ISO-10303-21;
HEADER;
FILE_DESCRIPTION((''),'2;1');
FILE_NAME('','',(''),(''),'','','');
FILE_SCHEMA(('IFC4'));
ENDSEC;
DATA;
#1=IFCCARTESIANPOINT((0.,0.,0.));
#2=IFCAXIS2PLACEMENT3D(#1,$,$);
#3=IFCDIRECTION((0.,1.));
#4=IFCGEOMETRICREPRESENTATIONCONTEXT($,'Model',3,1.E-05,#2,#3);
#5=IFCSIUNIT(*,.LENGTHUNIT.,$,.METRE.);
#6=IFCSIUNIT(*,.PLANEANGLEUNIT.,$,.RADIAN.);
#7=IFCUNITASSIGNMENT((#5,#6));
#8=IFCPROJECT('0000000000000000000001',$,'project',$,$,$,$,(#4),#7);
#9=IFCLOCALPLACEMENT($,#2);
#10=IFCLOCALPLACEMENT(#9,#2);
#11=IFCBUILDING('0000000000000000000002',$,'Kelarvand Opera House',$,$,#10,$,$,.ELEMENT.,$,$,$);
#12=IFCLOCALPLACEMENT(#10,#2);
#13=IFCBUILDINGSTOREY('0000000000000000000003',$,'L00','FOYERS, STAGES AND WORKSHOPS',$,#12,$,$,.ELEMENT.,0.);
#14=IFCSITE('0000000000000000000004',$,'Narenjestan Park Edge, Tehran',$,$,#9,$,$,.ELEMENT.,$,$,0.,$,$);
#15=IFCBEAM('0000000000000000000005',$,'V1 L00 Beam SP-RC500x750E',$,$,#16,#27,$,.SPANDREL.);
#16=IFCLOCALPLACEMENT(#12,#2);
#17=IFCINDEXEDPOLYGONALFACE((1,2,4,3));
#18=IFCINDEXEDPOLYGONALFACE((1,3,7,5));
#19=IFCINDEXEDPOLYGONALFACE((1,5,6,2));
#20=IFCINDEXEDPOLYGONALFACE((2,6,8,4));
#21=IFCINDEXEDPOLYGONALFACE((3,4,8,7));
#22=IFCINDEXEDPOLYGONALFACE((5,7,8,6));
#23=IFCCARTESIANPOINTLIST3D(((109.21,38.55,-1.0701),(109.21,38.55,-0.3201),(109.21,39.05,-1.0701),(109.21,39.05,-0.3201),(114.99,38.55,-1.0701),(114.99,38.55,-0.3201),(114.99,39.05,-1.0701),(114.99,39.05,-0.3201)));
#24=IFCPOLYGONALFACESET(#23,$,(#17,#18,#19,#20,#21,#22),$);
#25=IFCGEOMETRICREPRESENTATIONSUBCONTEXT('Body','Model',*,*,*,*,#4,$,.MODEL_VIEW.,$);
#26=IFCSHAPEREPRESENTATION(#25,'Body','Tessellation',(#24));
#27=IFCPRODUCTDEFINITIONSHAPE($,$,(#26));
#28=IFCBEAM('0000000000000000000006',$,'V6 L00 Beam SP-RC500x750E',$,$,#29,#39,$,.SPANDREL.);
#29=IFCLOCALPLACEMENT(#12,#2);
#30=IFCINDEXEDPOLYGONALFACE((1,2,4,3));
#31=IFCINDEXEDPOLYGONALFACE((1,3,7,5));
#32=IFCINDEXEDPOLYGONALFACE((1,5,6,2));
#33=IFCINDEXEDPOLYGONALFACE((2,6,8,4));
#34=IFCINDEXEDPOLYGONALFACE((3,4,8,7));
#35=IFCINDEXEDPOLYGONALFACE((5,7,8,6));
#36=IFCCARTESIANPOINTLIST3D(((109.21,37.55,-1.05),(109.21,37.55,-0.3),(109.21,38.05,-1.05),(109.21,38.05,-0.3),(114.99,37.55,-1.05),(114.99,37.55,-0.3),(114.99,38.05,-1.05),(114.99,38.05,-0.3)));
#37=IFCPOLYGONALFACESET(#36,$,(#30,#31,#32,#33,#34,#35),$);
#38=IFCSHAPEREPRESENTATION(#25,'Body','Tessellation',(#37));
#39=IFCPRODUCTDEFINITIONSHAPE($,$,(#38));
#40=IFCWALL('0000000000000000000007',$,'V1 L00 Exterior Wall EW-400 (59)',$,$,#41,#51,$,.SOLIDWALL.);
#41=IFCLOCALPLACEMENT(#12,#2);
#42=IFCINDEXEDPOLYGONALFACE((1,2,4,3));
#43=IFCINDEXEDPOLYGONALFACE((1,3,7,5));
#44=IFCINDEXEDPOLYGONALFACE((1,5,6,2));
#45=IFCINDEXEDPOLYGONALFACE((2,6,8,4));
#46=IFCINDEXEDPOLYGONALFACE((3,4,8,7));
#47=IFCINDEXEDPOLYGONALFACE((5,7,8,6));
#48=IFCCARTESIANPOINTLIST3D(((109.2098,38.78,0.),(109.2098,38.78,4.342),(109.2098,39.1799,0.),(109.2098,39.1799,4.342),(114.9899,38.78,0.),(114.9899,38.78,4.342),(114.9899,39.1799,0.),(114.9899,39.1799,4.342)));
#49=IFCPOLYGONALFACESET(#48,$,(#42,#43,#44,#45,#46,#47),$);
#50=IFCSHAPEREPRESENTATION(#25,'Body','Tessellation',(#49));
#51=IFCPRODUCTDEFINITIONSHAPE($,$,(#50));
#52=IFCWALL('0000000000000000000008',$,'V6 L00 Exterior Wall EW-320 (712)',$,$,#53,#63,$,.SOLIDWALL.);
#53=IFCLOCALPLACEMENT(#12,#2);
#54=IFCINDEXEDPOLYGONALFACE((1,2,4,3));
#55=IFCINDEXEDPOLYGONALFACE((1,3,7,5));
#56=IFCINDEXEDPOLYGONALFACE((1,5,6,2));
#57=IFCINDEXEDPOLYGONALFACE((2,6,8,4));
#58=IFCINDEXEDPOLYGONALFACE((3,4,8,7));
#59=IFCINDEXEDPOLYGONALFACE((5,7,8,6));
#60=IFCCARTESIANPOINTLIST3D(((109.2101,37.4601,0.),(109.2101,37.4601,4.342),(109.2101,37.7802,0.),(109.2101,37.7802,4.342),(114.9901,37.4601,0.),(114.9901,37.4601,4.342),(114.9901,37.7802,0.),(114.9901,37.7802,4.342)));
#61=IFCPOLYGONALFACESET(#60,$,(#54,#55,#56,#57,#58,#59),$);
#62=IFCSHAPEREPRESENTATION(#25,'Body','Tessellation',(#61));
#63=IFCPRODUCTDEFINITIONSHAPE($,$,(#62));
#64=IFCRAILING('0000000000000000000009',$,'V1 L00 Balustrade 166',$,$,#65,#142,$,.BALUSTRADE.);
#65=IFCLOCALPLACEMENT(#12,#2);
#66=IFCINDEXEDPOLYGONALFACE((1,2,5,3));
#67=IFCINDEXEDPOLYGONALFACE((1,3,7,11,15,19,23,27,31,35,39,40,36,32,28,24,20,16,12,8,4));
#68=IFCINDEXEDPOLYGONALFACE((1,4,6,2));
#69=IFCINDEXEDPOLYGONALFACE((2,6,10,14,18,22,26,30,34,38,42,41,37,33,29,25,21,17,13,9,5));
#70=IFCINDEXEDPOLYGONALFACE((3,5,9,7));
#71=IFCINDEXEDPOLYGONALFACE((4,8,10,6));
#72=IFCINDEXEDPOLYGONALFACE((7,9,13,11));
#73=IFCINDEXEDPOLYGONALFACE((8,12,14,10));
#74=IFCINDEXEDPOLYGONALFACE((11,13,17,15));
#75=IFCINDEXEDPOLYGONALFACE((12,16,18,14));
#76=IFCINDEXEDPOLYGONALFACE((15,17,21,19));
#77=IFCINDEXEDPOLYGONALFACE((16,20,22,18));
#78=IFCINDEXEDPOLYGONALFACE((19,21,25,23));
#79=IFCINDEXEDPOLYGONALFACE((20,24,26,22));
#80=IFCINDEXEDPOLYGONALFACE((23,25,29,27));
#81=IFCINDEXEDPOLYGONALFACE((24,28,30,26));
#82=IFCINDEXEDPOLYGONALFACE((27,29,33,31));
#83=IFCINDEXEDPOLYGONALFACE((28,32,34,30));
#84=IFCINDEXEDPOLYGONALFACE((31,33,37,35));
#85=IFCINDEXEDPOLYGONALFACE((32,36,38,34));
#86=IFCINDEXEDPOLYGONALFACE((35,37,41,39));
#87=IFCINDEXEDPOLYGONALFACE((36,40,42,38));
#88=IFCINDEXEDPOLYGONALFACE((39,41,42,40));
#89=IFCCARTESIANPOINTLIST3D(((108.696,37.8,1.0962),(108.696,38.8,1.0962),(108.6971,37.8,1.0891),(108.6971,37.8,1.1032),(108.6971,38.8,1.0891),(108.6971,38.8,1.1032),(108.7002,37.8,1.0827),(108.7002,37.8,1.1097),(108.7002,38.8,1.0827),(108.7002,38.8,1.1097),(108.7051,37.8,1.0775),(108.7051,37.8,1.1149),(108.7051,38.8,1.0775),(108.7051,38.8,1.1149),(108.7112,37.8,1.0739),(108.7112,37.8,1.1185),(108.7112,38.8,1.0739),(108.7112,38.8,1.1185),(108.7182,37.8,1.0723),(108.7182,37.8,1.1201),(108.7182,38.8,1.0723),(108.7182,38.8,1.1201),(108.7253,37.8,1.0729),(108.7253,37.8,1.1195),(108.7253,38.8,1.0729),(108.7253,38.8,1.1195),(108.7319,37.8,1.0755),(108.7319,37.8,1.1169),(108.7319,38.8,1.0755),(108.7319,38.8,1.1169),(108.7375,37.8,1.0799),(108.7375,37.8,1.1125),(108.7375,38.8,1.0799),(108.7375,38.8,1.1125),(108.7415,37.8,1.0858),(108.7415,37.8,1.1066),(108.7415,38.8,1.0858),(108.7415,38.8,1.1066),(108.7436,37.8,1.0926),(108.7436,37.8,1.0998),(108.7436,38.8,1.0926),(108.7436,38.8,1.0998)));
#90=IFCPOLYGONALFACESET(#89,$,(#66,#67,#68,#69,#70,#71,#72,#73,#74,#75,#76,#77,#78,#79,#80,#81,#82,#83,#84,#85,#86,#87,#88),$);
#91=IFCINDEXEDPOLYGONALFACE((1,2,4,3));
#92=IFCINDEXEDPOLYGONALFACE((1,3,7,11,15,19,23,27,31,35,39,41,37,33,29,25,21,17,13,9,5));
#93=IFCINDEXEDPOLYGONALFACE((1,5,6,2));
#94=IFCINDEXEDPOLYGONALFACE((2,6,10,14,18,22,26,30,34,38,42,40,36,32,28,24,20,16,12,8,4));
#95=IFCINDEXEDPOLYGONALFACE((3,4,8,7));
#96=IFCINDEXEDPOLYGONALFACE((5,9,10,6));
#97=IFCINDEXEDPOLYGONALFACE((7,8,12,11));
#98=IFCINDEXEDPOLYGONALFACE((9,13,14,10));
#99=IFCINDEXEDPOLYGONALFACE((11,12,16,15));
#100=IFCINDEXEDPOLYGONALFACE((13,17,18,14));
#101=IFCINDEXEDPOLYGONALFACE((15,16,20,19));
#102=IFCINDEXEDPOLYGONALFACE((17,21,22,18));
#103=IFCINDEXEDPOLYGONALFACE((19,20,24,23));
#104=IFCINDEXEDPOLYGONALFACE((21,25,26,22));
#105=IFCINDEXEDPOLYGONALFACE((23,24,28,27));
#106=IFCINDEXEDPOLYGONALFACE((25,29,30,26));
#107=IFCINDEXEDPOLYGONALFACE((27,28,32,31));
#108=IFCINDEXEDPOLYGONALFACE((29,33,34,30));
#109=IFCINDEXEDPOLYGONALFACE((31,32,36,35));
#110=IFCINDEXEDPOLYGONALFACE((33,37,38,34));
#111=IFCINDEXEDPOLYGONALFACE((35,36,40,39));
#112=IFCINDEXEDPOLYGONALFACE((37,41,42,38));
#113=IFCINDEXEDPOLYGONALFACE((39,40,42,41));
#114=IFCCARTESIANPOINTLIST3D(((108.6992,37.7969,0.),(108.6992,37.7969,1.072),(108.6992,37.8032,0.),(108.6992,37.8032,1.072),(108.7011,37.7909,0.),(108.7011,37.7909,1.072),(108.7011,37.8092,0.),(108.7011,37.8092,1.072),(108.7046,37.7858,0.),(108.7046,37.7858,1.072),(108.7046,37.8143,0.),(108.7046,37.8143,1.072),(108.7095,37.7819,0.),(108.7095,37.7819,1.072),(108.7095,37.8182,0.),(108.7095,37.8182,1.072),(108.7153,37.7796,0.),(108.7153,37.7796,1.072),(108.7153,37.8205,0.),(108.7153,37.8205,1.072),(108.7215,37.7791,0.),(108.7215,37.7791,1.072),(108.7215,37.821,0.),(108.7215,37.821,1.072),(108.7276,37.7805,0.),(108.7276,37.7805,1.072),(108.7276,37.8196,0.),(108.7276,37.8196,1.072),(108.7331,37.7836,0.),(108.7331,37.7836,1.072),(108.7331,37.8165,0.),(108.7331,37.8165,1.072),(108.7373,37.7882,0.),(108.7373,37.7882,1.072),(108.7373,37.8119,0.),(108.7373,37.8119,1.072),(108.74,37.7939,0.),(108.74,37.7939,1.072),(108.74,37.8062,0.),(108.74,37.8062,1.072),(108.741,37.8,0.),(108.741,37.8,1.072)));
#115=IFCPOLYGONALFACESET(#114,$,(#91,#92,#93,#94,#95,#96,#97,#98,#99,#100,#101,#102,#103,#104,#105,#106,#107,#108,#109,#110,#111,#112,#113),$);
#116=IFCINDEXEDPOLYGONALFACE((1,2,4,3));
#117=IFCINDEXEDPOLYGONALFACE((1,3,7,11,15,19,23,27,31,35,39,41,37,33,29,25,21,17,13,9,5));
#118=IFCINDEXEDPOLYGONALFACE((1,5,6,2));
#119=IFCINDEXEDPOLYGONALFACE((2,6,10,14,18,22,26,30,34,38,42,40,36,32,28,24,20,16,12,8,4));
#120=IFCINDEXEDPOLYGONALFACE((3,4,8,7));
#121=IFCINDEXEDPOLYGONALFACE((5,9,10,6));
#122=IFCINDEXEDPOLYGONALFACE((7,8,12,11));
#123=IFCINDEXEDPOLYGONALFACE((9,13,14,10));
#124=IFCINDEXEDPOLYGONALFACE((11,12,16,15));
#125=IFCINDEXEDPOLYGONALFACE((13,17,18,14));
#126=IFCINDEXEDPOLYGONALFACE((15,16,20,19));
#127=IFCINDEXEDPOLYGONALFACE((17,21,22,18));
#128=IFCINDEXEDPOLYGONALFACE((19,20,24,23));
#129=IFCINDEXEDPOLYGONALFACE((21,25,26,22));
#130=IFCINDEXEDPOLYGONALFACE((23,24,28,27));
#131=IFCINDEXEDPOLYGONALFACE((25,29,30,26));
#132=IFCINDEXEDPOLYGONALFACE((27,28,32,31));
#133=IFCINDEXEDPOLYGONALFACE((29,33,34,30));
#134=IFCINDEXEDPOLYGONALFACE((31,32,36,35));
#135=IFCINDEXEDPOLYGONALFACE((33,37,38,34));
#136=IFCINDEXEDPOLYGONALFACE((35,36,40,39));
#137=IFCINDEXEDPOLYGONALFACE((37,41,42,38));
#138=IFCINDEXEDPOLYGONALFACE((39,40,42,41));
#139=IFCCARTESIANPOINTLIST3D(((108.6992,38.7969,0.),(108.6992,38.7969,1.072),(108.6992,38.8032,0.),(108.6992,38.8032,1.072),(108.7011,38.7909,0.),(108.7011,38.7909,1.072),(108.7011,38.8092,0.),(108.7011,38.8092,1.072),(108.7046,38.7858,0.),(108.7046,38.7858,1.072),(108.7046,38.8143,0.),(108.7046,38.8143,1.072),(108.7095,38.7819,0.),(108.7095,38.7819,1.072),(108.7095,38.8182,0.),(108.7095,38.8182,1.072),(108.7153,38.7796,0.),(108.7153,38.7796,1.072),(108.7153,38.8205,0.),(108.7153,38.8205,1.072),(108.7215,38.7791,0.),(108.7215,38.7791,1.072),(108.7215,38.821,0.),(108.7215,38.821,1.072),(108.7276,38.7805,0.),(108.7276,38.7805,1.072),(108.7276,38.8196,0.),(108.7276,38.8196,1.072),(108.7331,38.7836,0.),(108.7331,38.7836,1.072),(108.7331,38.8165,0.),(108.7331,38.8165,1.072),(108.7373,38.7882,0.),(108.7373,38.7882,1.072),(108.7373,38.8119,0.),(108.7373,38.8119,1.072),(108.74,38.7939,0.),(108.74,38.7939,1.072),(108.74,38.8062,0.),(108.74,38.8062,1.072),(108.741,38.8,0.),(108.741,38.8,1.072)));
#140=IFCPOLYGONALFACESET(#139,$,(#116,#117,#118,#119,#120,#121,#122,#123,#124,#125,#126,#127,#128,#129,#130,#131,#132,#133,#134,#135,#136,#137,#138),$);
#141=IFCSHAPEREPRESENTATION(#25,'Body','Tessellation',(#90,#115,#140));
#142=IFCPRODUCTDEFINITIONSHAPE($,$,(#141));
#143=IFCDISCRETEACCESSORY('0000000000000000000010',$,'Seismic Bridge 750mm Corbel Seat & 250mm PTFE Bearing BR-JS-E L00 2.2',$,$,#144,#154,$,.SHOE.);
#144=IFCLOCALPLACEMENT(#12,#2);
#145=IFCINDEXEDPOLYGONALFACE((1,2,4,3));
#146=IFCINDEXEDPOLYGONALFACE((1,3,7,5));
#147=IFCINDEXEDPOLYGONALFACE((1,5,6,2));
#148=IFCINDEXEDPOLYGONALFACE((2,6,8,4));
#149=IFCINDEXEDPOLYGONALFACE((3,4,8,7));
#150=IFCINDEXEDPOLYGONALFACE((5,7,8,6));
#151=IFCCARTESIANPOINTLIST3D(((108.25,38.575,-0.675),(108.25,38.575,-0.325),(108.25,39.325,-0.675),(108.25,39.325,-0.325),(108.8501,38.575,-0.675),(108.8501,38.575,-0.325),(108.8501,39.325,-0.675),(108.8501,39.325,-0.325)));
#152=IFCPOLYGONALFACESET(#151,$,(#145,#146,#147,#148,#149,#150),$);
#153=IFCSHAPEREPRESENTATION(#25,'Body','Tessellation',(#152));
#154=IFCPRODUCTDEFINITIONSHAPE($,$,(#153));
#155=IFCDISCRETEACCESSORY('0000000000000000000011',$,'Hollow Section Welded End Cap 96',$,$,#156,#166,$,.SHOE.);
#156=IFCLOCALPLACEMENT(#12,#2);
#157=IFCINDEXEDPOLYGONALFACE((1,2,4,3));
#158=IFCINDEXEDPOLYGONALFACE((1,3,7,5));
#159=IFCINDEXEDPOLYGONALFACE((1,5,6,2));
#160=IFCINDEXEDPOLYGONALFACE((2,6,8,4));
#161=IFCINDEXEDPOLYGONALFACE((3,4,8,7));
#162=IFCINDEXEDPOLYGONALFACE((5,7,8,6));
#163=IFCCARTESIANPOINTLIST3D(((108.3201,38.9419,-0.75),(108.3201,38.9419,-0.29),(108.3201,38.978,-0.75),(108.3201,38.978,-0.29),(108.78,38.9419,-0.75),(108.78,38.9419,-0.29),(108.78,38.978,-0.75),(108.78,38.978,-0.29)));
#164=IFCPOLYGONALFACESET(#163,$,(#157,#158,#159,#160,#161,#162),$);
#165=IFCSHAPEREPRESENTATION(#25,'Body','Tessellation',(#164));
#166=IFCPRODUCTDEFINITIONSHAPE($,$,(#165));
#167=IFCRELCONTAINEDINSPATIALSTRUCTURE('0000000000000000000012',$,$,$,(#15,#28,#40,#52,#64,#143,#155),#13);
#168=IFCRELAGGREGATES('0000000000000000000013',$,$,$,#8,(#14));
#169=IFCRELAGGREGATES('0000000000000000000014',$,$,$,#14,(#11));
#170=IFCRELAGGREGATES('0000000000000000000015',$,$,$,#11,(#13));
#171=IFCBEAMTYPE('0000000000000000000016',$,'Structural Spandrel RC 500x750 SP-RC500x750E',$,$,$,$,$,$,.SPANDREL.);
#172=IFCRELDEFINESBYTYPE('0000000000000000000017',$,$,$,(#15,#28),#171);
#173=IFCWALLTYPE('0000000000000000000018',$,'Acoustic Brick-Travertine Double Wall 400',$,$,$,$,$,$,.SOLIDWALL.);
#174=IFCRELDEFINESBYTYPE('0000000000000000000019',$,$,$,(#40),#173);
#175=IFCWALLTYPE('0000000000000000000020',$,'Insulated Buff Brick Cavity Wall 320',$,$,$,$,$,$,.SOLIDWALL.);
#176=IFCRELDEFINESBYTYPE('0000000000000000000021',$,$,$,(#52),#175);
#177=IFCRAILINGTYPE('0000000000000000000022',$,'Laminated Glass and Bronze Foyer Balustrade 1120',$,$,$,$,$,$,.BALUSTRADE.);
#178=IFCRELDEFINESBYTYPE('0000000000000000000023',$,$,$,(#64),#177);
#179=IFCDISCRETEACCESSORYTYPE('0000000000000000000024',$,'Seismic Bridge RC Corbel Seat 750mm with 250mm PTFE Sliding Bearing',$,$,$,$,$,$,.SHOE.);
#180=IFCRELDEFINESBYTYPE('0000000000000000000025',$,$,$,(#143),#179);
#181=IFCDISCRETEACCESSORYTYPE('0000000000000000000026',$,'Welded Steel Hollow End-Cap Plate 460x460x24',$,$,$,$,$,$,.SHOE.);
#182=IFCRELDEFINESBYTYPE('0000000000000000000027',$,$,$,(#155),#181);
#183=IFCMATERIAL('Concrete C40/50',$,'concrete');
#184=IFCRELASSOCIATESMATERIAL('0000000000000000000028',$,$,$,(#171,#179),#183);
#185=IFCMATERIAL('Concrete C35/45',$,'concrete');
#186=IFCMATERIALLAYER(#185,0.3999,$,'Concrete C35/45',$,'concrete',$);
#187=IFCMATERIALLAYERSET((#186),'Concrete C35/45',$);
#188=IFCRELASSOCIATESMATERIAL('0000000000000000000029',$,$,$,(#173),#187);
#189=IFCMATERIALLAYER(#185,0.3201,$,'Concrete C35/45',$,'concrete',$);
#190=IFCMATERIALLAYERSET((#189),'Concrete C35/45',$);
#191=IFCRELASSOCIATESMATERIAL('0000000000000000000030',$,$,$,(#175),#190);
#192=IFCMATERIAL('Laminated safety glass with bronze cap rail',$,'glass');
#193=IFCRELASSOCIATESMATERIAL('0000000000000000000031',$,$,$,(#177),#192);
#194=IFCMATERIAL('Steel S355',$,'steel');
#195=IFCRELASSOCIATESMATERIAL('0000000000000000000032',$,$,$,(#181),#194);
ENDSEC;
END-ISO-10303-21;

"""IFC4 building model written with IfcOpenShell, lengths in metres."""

from ifc_helpers import new_model, si_unit, direction, frame, frame_2d, origin, origin_2d, place, context, subcontext, project, spatial, rectangle, circle, extrude, material, layer, layer_set, material_profile, profile_set, type_object, element, save


model = new_model("IFC4")

# Units and contexts
model_context = context("Model", 3, precision=1e-05, world=origin(), true_north=direction((0.0, 1.0)))
body_context = subcontext(model_context, "Body", "Model", "MODEL_VIEW")
ifc_project = project(units=[si_unit("LENGTHUNIT", "METRE"), si_unit("PLANEANGLEUNIT", "RADIAN")], contexts=[model_context])

# Site, building, storey
site_placement = place(None, origin())
site = spatial("IfcSite", under=ifc_project, at=site_placement, Name="Narenjestan Park Edge, Tehran", CompositionType="ELEMENT", RefElevation=0.0)
building_placement = place(site_placement, origin())
building = spatial("IfcBuilding", under=site, at=building_placement, Name="Kelarvand Opera House", CompositionType="ELEMENT")
storey_placement = place(building_placement, origin())
storey = spatial("IfcBuildingStorey", under=building, at=storey_placement, Name="L00", Description="FOYERS, STAGES AND WORKSHOPS", CompositionType="ELEMENT", Elevation=0.0)

# Shared definitions
ifc_material_1 = material(Name="Concrete C40/50", Category="concrete")

# Beams
ifc_material_2 = material(Name="Steel S355", Category="steel")
ifc_material_profile_1 = material_profile(ifc_material_1, rectangle(XDim=0.5, YDim=0.75, at=origin_2d()), Name="RC 500x750", Category="concrete")
ifc_profile_set_1 = profile_set([ifc_material_profile_1], Name="Concrete C40/50")
beam_type_1 = type_object("IfcBeamType", Name="Structural Spandrel RC 500x750 SP-RC500x750E", PredefinedType="SPANDREL", material=ifc_profile_set_1)
for number, where, z_axis, x_axis, name in (
    (1, (109.21, 38.8, -0.6951), (1.0, 0.0, 0.0), (0.0, 1.0, 0.0), "V1 L00 Beam SP-RC500x750E"),
    (2, (109.21, 37.8, -0.675), (1.0, 0.0, 0.0), (0.0, 1.0, 0.0), "V6 L00 Beam SP-RC500x750E"),
):
    element("IfcBeam", number, at=place(storey_placement, frame(where, z_axis=z_axis, x_axis=x_axis)), inside=storey, type_object=beam_type_1, Name=name, PredefinedType="SPANDREL", context=body_context, shape_type="SweptSolid", body=[
        extrude(rectangle(XDim=0.5, YDim=0.75, at=origin_2d()), origin(), (0.0, 0.0, 1.0), 5.78),
    ])

# Walls
ifc_material_3 = material(Name="Concrete C35/45", Category="concrete")
ifc_layer_1 = layer(ifc_material_3, 0.3999, Name="Concrete C35/45", Category="concrete")
ifc_layer_set_1 = layer_set([ifc_layer_1], Name="Concrete C35/45")
wall_type_1 = type_object("IfcWallType", Name="Acoustic Brick-Travertine Double Wall 400", PredefinedType="SOLIDWALL", material=ifc_layer_set_1)
wall_1_placement = place(storey_placement, frame((114.99, 38.98, 0.0), z_axis=(0.0, 0.0, 1.0), x_axis=(-1.0, 0.0, 0.0)))
element("IfcWall", 3, at=wall_1_placement, inside=storey, type_object=wall_type_1, Name="V1 L00 Exterior Wall EW-400 (59)", PredefinedType="SOLIDWALL", context=body_context, shape_type="SweptSolid", body=[
    extrude(rectangle(XDim=5.78, YDim=0.3999, at=frame_2d((2.8901, 0.0))), origin(), (0.0, 0.0, 1.0), 4.342),
])
ifc_layer_2 = layer(ifc_material_3, 0.3201, Name="Concrete C35/45", Category="concrete")
ifc_layer_set_2 = layer_set([ifc_layer_2], Name="Concrete C35/45")
wall_type_2 = type_object("IfcWallType", Name="Insulated Buff Brick Cavity Wall 320", PredefinedType="SOLIDWALL", material=ifc_layer_set_2)
wall_2_placement = place(storey_placement, frame((109.21, 37.6201, 0.0), z_axis=(0.0, 0.0, 1.0), x_axis=(1.0, 0.0, 0.0)))
element("IfcWall", 4, at=wall_2_placement, inside=storey, type_object=wall_type_2, Name="V6 L00 Exterior Wall EW-320 (712)", PredefinedType="SOLIDWALL", context=body_context, shape_type="SweptSolid", body=[
    extrude(rectangle(XDim=5.78, YDim=0.3201, at=frame_2d((2.8901, 0.0))), origin(), (0.0, 0.0, 1.0), 4.342),
])

# Railing
ifc_material_4 = material(Name="Laminated safety glass with bronze cap rail", Category="glass")
railing_type = type_object("IfcRailingType", Name="Laminated Glass and Bronze Foyer Balustrade 1120", PredefinedType="BALUSTRADE", material=ifc_material_4)
railing_placement = place(storey_placement, frame((108.72, 37.8, 0.0)))
element("IfcRailing", 5, at=railing_placement, inside=storey, type_object=railing_type, Name="V1 L00 Balustrade 166", PredefinedType="BALUSTRADE", context=body_context, shape_type="SweptSolid", body=[
    extrude(circle(Radius=0.0239, at=origin_2d()), frame((0.0, 0.0, 1.0962), z_axis=(0.0, 1.0, 0.0), x_axis=(-1.0, 0.0, 0.0)), (0.0, 0.0, 1.0), 1.0),
    extrude(circle(Radius=0.021, at=origin_2d()), origin(), (0.0, 0.0, 1.0), 1.072),
    extrude(circle(Radius=0.021, at=origin_2d()), frame((0.0, 1.0, 0.0)), (0.0, 0.0, 1.0), 1.072),
])

# Discrete accessories
discrete_accessory_type_1 = type_object("IfcDiscreteAccessoryType", Name="Seismic Bridge RC Corbel Seat 750mm with 250mm PTFE Sliding Bearing", PredefinedType="SHOE", material=ifc_material_1)
discrete_accessory_1_placement = place(storey_placement, frame((108.55, 38.95, -0.675), z_axis=(0.0, 0.0, 1.0), x_axis=(0.0, 1.0, 0.0)))
element("IfcDiscreteAccessory", 6, at=discrete_accessory_1_placement, inside=storey, type_object=discrete_accessory_type_1, Name="Seismic Bridge 750mm Corbel Seat & 250mm PTFE Bearing BR-JS-E L00 2.2", PredefinedType="SHOE", context=body_context, shape_type="SweptSolid", body=[
    extrude(rectangle(XDim=0.75, YDim=0.6001, at=origin_2d()), origin(), (0.0, 0.0, 1.0), 0.3501),
])
ifc_material_profile_2 = material_profile(ifc_material_2, rectangle(XDim=0.46, YDim=0.46, at=origin_2d()), Name="Welded Steel Hollow End-Cap Plate 460x460x24", Category="steel")
ifc_profile_set_2 = profile_set([ifc_material_profile_2], Name="Steel S355")
discrete_accessory_type_2 = type_object("IfcDiscreteAccessoryType", Name="Welded Steel Hollow End-Cap Plate 460x460x24", PredefinedType="SHOE", material=ifc_profile_set_2)
discrete_accessory_2_placement = place(storey_placement, frame((108.55, 38.9419, -0.52), z_axis=(0.0, 1.0, 0.0), x_axis=(-1.0, 0.0, 0.0)))
element("IfcDiscreteAccessory", 7, at=discrete_accessory_2_placement, inside=storey, type_object=discrete_accessory_type_2, Name="Hollow Section Welded End Cap 96", PredefinedType="SHOE", context=body_context, shape_type="SweptSolid", body=[
    extrude(rectangle(XDim=0.46, YDim=0.46, at=origin_2d()), origin(), (0.0, 0.0, 1.0), 0.0361),
])

save(model, "model.ifc")
